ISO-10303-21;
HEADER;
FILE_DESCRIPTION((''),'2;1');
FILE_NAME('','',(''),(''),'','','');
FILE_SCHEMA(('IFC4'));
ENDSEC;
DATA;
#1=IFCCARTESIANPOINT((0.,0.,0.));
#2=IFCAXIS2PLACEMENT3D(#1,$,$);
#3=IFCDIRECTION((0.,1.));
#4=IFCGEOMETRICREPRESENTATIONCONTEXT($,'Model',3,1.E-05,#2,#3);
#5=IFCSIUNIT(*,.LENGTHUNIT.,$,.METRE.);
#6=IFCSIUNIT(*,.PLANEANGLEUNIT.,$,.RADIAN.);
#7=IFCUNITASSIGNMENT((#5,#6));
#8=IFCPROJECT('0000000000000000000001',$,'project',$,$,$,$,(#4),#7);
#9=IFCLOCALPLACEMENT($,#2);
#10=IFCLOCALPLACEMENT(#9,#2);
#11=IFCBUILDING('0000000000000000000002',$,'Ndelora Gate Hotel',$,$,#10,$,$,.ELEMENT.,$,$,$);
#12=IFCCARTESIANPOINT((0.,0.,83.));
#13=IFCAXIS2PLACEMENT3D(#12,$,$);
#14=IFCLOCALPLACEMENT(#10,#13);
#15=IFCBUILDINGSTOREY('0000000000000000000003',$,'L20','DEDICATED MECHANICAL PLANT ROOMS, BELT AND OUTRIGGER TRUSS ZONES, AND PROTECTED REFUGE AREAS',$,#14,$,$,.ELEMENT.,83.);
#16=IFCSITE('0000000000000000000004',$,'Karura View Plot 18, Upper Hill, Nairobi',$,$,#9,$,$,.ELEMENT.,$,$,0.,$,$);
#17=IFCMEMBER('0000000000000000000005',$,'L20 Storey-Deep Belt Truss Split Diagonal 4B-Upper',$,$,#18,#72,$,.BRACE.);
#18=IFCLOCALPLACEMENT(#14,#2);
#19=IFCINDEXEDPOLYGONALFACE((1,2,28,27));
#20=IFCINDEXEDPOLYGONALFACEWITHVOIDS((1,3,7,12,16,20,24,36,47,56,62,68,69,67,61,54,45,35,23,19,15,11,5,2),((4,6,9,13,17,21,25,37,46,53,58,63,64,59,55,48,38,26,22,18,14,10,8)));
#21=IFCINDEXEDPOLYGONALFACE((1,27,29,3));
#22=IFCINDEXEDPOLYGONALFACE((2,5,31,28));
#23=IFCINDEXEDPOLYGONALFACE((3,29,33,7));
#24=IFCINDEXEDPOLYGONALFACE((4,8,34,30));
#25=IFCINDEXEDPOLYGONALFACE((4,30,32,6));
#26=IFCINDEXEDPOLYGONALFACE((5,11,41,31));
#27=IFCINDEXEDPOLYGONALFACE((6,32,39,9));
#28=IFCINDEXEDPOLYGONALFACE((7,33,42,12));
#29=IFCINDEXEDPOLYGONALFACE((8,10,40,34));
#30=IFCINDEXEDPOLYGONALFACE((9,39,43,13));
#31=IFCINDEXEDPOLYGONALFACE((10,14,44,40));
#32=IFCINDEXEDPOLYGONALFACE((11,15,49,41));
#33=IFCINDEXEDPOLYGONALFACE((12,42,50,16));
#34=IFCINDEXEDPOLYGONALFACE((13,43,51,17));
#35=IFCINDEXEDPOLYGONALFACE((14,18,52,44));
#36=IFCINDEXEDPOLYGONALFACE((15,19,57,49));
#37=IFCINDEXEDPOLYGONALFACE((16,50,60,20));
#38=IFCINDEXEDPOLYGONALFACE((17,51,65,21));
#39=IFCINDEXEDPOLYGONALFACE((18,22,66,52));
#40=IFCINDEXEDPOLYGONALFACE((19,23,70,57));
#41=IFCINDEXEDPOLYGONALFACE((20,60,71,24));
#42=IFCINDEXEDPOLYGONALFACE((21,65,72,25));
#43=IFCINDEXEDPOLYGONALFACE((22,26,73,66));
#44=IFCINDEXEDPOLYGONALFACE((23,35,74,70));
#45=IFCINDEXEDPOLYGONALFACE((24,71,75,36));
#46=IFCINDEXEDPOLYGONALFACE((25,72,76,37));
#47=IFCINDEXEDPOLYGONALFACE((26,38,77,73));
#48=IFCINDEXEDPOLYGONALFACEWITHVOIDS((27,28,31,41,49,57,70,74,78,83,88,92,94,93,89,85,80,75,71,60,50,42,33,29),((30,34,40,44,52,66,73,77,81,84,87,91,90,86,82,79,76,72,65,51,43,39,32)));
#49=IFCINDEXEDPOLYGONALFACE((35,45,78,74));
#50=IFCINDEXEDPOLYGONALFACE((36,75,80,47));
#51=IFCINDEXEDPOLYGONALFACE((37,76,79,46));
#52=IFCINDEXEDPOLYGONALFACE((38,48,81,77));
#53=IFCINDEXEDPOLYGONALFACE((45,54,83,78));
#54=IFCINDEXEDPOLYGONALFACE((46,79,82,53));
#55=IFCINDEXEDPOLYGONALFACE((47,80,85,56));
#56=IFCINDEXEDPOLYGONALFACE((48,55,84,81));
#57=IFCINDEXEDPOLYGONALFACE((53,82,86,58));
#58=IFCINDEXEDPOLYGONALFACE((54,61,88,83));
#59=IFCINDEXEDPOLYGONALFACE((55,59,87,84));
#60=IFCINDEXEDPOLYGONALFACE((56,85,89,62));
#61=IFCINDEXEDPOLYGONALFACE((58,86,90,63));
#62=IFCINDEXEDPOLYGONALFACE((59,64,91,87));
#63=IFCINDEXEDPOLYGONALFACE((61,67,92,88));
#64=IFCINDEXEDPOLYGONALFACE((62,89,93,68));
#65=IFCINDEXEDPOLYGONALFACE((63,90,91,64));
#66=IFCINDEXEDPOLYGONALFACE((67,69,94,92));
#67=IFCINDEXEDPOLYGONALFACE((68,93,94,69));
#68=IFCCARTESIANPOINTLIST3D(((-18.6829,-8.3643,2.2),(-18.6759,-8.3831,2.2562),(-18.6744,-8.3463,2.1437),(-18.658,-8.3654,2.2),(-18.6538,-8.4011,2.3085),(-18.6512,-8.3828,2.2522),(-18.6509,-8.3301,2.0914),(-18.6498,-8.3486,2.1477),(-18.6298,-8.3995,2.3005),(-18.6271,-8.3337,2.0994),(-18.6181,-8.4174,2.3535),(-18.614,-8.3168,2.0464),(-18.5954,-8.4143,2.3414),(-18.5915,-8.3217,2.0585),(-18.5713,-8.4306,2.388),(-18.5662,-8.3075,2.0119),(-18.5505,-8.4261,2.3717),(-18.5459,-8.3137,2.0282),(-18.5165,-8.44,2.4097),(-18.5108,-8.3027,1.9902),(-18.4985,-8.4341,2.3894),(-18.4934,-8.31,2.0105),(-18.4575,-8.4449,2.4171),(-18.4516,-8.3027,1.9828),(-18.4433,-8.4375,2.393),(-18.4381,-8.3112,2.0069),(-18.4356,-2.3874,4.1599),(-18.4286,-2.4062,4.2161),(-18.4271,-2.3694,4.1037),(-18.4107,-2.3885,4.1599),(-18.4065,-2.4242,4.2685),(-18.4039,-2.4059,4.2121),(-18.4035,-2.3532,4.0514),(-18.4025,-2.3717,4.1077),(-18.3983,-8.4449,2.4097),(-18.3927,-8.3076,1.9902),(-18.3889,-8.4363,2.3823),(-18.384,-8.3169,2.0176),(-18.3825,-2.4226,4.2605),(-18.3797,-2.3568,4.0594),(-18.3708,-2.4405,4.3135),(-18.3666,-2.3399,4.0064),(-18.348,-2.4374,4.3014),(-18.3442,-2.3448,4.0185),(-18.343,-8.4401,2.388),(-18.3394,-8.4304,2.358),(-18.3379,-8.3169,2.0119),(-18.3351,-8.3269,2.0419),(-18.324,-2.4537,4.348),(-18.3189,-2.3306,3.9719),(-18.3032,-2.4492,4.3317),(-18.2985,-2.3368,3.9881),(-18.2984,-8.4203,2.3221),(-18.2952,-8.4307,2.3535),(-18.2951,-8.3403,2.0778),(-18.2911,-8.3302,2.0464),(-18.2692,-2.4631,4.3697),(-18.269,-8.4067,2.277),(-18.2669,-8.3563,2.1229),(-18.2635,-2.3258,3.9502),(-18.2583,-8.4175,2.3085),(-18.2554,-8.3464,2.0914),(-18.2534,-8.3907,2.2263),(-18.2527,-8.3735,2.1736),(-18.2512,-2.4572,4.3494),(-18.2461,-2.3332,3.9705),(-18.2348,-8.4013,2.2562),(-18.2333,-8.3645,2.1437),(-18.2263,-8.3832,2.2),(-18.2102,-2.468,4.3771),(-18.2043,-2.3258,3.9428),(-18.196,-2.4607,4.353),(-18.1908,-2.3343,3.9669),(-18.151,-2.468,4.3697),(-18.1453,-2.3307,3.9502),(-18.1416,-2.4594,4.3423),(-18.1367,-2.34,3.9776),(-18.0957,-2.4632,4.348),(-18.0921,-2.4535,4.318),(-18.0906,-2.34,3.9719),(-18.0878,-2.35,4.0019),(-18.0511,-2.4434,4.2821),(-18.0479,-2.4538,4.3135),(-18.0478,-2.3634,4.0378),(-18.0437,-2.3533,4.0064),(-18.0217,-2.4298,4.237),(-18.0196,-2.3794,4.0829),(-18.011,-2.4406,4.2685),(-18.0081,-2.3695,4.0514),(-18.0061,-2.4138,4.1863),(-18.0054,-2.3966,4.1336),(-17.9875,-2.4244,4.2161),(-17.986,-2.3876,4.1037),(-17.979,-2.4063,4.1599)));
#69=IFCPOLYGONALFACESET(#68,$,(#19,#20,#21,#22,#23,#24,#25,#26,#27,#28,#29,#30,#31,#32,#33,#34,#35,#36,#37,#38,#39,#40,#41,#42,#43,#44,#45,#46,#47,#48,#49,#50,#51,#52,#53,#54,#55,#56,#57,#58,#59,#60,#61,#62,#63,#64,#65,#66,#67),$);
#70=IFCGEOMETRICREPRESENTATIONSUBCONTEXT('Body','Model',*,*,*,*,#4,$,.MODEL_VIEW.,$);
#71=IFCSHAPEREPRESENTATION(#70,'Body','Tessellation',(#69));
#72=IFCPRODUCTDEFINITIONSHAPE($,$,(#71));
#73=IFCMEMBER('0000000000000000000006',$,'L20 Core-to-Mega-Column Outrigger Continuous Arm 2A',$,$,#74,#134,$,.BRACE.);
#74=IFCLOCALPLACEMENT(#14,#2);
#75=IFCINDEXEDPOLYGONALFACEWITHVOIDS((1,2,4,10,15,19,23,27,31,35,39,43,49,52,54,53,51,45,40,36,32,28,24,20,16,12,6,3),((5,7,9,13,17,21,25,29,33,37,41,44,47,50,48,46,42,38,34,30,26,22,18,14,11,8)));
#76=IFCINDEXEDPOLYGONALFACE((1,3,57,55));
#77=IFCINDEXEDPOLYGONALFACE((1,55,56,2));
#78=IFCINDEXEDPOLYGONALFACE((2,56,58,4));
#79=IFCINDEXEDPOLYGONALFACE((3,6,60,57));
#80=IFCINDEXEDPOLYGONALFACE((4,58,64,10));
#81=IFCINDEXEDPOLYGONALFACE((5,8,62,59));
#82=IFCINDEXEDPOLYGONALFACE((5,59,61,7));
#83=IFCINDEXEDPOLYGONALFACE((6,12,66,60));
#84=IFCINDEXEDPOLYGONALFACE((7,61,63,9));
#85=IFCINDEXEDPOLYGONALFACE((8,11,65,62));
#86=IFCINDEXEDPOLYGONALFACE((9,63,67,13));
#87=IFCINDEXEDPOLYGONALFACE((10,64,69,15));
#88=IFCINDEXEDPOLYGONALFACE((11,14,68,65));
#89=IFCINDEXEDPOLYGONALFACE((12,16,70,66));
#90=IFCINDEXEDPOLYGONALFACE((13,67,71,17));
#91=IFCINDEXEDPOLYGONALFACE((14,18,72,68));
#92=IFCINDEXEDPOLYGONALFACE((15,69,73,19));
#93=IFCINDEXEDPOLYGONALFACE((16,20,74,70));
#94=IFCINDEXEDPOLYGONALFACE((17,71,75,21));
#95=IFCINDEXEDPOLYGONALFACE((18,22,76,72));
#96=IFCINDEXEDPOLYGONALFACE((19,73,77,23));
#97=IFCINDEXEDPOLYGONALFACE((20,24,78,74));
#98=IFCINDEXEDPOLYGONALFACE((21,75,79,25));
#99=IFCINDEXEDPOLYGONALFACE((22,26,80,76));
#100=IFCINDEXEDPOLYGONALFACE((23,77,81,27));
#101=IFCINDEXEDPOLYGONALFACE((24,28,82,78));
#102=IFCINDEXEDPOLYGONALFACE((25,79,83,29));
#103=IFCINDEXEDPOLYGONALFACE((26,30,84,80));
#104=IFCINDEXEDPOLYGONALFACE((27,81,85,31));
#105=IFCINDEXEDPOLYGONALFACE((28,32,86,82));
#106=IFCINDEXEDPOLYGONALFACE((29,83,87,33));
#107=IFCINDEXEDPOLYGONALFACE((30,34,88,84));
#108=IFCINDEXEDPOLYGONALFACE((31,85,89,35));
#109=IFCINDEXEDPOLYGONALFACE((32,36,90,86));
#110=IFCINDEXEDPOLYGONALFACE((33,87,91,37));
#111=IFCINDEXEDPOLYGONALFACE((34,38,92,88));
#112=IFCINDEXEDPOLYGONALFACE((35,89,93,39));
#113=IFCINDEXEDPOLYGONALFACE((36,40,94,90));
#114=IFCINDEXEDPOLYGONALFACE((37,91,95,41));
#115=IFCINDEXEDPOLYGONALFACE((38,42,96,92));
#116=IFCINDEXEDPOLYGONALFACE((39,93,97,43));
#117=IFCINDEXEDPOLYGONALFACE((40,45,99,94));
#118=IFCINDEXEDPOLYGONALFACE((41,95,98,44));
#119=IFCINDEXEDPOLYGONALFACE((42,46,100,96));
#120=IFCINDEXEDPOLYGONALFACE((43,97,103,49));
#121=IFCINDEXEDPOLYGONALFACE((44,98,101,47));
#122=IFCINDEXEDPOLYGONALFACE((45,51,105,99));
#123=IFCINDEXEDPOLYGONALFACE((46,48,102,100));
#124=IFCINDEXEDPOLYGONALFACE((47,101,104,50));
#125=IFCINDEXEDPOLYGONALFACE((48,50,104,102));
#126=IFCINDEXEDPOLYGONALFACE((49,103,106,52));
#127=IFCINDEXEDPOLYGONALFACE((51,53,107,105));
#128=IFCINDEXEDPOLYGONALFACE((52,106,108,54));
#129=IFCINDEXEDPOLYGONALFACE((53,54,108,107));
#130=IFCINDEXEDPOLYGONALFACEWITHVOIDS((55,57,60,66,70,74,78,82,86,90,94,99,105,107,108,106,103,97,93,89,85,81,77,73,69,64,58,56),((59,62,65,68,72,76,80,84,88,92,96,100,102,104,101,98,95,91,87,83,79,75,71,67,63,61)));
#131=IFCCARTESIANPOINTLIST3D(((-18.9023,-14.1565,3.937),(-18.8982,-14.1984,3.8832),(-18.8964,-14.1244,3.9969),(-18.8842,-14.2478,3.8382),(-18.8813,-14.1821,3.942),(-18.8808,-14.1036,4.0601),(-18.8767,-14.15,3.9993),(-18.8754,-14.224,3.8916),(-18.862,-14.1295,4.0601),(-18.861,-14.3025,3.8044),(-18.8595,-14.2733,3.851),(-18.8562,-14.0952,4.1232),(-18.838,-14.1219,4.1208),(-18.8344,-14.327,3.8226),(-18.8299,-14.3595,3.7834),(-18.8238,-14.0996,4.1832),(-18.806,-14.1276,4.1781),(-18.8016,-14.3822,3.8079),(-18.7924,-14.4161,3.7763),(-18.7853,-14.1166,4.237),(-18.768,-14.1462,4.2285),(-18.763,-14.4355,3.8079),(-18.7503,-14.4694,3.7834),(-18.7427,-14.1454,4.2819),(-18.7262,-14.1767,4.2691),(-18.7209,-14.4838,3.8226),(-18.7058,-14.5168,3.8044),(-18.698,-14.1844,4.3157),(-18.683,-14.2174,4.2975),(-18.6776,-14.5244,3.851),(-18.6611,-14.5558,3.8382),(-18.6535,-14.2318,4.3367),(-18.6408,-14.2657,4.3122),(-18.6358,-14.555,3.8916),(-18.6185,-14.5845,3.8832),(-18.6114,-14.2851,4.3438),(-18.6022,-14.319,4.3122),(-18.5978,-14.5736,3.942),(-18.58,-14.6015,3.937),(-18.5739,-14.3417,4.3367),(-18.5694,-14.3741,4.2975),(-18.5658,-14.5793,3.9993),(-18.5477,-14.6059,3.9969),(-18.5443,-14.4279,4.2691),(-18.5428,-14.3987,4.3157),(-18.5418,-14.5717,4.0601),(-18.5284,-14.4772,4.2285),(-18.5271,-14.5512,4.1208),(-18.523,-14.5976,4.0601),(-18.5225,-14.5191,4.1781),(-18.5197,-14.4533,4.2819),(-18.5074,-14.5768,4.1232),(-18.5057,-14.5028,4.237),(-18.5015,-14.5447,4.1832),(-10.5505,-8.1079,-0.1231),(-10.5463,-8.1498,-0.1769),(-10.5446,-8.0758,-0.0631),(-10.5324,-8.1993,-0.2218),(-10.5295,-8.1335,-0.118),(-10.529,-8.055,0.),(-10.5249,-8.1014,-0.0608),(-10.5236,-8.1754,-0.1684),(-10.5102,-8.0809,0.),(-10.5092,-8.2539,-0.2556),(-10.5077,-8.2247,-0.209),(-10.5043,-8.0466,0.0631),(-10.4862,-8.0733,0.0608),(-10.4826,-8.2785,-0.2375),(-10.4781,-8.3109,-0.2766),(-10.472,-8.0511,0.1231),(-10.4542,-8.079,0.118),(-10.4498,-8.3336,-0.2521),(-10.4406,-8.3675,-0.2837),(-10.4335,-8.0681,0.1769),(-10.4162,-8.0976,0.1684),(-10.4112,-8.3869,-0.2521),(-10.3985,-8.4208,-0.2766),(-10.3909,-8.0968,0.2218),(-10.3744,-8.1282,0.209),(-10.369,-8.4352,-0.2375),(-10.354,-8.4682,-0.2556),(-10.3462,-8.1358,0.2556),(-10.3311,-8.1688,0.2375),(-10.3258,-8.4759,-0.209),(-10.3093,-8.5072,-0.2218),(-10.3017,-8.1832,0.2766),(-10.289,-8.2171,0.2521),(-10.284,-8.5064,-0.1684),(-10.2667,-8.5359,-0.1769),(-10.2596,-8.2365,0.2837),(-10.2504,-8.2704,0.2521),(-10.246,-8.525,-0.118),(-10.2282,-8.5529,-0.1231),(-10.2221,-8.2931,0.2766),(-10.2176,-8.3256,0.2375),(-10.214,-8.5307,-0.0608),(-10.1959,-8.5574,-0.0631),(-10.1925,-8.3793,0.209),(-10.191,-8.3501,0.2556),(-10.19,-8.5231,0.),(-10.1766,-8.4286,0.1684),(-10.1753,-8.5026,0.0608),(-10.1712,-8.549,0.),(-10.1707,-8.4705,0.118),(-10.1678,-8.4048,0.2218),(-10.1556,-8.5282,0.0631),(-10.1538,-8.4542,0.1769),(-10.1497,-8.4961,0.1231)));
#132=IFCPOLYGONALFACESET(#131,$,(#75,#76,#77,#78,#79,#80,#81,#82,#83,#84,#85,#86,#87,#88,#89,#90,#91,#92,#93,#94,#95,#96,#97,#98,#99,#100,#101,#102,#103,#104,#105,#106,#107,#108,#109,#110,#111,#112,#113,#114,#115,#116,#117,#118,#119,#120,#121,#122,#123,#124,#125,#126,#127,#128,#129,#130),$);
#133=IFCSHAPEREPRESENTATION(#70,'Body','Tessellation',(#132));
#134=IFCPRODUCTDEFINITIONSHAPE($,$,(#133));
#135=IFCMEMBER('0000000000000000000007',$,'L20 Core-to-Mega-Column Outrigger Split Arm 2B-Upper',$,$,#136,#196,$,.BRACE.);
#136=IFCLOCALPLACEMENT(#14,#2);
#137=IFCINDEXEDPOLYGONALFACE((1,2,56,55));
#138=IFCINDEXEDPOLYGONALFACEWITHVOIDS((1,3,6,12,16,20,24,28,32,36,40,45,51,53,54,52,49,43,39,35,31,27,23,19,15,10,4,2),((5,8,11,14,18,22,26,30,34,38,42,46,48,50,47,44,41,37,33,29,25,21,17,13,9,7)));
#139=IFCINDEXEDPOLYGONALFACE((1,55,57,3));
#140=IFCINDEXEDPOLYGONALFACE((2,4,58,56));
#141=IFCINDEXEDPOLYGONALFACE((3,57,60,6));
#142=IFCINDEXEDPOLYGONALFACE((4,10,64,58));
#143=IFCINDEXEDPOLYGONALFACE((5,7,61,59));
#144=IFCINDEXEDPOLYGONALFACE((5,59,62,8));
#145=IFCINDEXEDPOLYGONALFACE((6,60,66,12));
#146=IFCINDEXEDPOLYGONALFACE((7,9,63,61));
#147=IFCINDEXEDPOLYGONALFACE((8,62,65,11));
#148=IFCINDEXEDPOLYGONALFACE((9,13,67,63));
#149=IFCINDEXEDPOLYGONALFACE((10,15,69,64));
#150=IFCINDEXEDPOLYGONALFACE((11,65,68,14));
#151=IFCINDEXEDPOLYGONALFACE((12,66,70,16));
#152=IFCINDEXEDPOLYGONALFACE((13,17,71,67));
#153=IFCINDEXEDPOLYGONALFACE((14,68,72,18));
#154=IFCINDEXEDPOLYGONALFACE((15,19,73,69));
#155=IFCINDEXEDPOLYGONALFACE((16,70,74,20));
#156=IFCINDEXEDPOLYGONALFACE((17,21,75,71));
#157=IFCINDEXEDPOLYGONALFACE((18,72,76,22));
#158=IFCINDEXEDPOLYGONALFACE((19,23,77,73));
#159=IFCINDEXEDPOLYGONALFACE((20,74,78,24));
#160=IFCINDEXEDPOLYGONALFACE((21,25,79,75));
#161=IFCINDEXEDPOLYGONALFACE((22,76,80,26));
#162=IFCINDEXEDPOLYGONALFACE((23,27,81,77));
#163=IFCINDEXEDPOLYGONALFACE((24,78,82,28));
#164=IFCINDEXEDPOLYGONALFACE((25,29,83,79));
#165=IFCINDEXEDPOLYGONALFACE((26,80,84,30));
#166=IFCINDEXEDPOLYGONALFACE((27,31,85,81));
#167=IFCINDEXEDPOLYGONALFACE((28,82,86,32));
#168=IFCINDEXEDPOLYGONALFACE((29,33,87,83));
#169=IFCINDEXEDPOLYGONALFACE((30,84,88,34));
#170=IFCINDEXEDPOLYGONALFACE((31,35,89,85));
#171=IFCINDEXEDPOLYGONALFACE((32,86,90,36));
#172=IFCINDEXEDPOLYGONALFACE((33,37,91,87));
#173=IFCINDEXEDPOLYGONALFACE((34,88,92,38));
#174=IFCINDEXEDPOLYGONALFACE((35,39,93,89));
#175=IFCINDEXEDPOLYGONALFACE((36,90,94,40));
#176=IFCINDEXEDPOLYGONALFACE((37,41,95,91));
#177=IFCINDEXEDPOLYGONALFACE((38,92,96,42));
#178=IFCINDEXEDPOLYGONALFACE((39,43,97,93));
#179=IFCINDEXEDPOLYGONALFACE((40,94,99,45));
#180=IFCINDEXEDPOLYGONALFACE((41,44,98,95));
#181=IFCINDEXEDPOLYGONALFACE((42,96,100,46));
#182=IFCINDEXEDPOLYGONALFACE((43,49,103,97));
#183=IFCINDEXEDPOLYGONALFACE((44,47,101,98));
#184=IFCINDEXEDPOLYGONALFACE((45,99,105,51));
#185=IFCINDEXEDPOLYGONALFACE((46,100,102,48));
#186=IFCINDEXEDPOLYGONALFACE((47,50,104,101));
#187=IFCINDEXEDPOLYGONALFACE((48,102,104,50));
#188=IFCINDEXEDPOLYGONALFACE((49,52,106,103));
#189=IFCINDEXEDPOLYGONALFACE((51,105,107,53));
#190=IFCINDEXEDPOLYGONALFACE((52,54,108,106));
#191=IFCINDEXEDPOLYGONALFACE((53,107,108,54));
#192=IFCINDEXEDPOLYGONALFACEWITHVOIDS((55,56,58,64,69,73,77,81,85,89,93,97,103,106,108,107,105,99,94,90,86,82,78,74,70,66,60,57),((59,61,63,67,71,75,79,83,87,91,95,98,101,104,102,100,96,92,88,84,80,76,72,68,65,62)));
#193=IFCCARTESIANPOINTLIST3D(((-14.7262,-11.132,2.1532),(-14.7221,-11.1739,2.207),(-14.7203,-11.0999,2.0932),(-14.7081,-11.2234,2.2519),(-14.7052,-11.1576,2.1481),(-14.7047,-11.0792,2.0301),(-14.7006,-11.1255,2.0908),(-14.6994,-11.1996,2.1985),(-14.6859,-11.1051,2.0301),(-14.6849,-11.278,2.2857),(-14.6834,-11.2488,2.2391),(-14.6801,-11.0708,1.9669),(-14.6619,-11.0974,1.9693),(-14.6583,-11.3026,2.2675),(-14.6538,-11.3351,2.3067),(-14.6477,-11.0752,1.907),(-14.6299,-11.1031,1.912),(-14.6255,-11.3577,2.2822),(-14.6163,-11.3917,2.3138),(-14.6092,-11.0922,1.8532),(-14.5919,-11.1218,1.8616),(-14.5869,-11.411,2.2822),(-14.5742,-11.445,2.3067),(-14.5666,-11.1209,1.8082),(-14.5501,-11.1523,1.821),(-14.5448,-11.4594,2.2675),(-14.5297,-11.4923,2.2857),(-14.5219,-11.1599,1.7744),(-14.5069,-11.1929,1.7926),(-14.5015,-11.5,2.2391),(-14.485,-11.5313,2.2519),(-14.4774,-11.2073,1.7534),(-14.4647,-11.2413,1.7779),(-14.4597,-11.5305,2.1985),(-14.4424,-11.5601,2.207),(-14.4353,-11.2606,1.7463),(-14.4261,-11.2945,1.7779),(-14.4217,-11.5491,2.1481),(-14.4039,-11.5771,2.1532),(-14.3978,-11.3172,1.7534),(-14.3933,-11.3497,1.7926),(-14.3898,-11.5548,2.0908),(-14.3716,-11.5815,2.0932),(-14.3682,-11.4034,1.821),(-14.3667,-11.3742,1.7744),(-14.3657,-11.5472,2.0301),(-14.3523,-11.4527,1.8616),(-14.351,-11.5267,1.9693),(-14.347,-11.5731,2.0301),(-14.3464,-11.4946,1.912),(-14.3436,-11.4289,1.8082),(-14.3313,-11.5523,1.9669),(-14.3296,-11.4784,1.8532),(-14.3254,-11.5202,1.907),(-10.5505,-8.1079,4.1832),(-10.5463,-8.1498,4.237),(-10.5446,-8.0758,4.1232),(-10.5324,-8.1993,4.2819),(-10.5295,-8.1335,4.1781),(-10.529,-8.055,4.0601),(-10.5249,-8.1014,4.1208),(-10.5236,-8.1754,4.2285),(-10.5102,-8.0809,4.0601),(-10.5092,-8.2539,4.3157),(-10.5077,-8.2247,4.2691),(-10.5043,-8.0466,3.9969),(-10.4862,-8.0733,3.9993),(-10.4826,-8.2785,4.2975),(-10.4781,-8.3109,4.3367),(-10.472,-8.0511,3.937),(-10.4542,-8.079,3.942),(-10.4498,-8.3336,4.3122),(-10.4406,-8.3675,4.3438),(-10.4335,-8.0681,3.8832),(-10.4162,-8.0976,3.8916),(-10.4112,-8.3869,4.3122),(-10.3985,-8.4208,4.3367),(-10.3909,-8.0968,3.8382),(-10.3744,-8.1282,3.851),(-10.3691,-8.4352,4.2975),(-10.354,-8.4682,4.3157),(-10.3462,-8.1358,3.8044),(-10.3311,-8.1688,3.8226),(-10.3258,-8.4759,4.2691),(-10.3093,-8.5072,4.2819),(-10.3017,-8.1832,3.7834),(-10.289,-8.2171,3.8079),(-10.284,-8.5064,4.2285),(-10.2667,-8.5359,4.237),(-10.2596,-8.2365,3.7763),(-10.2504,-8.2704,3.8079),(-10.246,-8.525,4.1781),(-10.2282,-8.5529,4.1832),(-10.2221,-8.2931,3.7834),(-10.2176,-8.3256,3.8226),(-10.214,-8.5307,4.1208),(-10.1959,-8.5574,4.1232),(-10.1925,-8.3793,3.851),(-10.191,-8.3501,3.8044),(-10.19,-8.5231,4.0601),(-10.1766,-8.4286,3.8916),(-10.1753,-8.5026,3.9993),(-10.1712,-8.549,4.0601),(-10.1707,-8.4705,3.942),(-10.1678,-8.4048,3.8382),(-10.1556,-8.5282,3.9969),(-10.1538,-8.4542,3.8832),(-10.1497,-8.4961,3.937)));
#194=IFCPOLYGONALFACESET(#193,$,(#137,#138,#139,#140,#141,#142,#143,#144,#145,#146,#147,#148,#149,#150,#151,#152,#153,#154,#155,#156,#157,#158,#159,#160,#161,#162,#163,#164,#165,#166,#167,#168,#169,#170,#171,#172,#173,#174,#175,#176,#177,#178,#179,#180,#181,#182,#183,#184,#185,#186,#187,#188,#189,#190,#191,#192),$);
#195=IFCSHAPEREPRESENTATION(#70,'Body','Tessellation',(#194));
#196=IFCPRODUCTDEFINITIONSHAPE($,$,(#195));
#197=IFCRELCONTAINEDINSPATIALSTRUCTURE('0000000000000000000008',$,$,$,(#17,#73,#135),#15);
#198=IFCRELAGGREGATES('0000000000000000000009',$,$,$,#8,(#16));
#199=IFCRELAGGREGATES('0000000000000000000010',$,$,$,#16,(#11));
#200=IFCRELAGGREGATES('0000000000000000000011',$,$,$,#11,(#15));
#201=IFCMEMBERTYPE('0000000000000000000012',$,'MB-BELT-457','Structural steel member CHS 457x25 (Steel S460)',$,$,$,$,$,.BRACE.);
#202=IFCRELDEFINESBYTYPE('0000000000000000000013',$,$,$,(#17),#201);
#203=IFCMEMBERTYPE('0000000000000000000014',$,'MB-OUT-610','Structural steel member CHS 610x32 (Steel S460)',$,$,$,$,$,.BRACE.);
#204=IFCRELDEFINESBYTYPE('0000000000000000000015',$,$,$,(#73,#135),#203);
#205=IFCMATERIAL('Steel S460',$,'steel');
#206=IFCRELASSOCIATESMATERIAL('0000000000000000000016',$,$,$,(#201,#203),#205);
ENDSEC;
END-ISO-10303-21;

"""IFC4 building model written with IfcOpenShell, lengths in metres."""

from ifc_helpers import new_model, si_unit, direction, frame, origin, origin_2d, place, context, subcontext, project, spatial, hollow_circle, extrude, material, material_profile, profile_set, type_object, element, save


model = new_model("IFC4")

# Units and contexts
model_context = context("Model", 3, precision=1e-05, world=origin(), true_north=direction((0.0, 1.0)))
body_context = subcontext(model_context, "Body", "Model", "MODEL_VIEW")
ifc_project = project(units=[si_unit("LENGTHUNIT", "METRE"), si_unit("PLANEANGLEUNIT", "RADIAN")], contexts=[model_context])

# Site, building, storey
site_placement = place(None, origin())
site = spatial("IfcSite", under=ifc_project, at=site_placement, Name="Karura View Plot 18, Upper Hill, Nairobi", CompositionType="ELEMENT", RefElevation=0.0)
building_placement = place(site_placement, origin())
building = spatial("IfcBuilding", under=site, at=building_placement, Name="Ndelora Gate Hotel", CompositionType="ELEMENT")
storey_placement = place(building_placement, frame((0.0, 0.0, 83.0)))
storey = spatial("IfcBuildingStorey", under=building, at=storey_placement, Name="L20", Description="DEDICATED MECHANICAL PLANT ROOMS, BELT AND OUTRIGGER TRUSS ZONES, AND PROTECTED REFUGE AREAS", CompositionType="ELEMENT", Elevation=83.0)

# Shared definitions
ifc_material_1 = material(Name="Steel S460", Category="steel")

# Members
ifc_material_profile_1 = material_profile(ifc_material_1, hollow_circle(Radius=0.2285, WallThickness=0.0249, at=origin_2d()), Name="CHS 457x25")
ifc_profile_set_1 = profile_set([ifc_material_profile_1], Name="Steel S460")
member_type_1 = type_object("IfcMemberType", Name="MB-BELT-457", Description="Structural steel member CHS 457x25 (Steel S460)", PredefinedType="BRACE", material=ifc_profile_set_1)
member_1_placement = place(storey_placement, frame((-18.4546, -8.3738, 2.2), z_axis=(0.039289, 0.949479, 0.311361), x_axis=(-0.999145, 0.041344, 0.0)))
element("IfcMember", 1, at=member_1_placement, inside=storey, type_object=member_type_1, Name="L20 Storey-Deep Belt Truss Split Diagonal 4B-Upper", PredefinedType="BRACE", context=body_context, shape_type="SweptSolid", body=[
    extrude(hollow_circle(Radius=0.2285, WallThickness=0.0249, at=origin_2d()), origin(), (0.0, 0.0, 1.0), 6.2949),
])
ifc_material_profile_2 = material_profile(ifc_material_1, hollow_circle(Radius=0.3049, WallThickness=0.032, at=origin_2d()), Name="CHS 610x32")
ifc_profile_set_2 = profile_set([ifc_material_profile_2], Name="Steel S460")
member_type_2 = type_object("IfcMemberType", Name="MB-OUT-610", Description="Structural steel member CHS 610x32 (Steel S460)", PredefinedType="BRACE", material=ifc_profile_set_2)
member_2_placement = place(storey_placement, frame((-10.3501, -8.302, 0.0), z_axis=(-0.753602, -0.545777, 0.366348), x_axis=(0.586556, -0.809909, 0.0)))
element("IfcMember", 2, at=member_2_placement, inside=storey, type_object=member_type_2, Name="L20 Core-to-Mega-Column Outrigger Continuous Arm 2A", PredefinedType="BRACE", context=body_context, shape_type="SweptSolid", body=[
    extrude(hollow_circle(Radius=0.3049, WallThickness=0.032, at=origin_2d()), origin(), (0.0, 0.0, 1.0), 11.0825),
])
member_3_placement = place(storey_placement, frame((-10.3501, -8.302, 4.0601), z_axis=(-0.753602, -0.545771, -0.366359), x_axis=(0.586552, -0.809912, 0.0)))
element("IfcMember", 3, at=member_3_placement, inside=storey, type_object=member_type_2, Name="L20 Core-to-Mega-Column Outrigger Split Arm 2B-Upper", PredefinedType="BRACE", context=body_context, shape_type="SweptSolid", body=[
    extrude(hollow_circle(Radius=0.3049, WallThickness=0.032, at=origin_2d()), origin(), (0.0, 0.0, 1.0), 5.541),
])

save(model, "model.ifc")
